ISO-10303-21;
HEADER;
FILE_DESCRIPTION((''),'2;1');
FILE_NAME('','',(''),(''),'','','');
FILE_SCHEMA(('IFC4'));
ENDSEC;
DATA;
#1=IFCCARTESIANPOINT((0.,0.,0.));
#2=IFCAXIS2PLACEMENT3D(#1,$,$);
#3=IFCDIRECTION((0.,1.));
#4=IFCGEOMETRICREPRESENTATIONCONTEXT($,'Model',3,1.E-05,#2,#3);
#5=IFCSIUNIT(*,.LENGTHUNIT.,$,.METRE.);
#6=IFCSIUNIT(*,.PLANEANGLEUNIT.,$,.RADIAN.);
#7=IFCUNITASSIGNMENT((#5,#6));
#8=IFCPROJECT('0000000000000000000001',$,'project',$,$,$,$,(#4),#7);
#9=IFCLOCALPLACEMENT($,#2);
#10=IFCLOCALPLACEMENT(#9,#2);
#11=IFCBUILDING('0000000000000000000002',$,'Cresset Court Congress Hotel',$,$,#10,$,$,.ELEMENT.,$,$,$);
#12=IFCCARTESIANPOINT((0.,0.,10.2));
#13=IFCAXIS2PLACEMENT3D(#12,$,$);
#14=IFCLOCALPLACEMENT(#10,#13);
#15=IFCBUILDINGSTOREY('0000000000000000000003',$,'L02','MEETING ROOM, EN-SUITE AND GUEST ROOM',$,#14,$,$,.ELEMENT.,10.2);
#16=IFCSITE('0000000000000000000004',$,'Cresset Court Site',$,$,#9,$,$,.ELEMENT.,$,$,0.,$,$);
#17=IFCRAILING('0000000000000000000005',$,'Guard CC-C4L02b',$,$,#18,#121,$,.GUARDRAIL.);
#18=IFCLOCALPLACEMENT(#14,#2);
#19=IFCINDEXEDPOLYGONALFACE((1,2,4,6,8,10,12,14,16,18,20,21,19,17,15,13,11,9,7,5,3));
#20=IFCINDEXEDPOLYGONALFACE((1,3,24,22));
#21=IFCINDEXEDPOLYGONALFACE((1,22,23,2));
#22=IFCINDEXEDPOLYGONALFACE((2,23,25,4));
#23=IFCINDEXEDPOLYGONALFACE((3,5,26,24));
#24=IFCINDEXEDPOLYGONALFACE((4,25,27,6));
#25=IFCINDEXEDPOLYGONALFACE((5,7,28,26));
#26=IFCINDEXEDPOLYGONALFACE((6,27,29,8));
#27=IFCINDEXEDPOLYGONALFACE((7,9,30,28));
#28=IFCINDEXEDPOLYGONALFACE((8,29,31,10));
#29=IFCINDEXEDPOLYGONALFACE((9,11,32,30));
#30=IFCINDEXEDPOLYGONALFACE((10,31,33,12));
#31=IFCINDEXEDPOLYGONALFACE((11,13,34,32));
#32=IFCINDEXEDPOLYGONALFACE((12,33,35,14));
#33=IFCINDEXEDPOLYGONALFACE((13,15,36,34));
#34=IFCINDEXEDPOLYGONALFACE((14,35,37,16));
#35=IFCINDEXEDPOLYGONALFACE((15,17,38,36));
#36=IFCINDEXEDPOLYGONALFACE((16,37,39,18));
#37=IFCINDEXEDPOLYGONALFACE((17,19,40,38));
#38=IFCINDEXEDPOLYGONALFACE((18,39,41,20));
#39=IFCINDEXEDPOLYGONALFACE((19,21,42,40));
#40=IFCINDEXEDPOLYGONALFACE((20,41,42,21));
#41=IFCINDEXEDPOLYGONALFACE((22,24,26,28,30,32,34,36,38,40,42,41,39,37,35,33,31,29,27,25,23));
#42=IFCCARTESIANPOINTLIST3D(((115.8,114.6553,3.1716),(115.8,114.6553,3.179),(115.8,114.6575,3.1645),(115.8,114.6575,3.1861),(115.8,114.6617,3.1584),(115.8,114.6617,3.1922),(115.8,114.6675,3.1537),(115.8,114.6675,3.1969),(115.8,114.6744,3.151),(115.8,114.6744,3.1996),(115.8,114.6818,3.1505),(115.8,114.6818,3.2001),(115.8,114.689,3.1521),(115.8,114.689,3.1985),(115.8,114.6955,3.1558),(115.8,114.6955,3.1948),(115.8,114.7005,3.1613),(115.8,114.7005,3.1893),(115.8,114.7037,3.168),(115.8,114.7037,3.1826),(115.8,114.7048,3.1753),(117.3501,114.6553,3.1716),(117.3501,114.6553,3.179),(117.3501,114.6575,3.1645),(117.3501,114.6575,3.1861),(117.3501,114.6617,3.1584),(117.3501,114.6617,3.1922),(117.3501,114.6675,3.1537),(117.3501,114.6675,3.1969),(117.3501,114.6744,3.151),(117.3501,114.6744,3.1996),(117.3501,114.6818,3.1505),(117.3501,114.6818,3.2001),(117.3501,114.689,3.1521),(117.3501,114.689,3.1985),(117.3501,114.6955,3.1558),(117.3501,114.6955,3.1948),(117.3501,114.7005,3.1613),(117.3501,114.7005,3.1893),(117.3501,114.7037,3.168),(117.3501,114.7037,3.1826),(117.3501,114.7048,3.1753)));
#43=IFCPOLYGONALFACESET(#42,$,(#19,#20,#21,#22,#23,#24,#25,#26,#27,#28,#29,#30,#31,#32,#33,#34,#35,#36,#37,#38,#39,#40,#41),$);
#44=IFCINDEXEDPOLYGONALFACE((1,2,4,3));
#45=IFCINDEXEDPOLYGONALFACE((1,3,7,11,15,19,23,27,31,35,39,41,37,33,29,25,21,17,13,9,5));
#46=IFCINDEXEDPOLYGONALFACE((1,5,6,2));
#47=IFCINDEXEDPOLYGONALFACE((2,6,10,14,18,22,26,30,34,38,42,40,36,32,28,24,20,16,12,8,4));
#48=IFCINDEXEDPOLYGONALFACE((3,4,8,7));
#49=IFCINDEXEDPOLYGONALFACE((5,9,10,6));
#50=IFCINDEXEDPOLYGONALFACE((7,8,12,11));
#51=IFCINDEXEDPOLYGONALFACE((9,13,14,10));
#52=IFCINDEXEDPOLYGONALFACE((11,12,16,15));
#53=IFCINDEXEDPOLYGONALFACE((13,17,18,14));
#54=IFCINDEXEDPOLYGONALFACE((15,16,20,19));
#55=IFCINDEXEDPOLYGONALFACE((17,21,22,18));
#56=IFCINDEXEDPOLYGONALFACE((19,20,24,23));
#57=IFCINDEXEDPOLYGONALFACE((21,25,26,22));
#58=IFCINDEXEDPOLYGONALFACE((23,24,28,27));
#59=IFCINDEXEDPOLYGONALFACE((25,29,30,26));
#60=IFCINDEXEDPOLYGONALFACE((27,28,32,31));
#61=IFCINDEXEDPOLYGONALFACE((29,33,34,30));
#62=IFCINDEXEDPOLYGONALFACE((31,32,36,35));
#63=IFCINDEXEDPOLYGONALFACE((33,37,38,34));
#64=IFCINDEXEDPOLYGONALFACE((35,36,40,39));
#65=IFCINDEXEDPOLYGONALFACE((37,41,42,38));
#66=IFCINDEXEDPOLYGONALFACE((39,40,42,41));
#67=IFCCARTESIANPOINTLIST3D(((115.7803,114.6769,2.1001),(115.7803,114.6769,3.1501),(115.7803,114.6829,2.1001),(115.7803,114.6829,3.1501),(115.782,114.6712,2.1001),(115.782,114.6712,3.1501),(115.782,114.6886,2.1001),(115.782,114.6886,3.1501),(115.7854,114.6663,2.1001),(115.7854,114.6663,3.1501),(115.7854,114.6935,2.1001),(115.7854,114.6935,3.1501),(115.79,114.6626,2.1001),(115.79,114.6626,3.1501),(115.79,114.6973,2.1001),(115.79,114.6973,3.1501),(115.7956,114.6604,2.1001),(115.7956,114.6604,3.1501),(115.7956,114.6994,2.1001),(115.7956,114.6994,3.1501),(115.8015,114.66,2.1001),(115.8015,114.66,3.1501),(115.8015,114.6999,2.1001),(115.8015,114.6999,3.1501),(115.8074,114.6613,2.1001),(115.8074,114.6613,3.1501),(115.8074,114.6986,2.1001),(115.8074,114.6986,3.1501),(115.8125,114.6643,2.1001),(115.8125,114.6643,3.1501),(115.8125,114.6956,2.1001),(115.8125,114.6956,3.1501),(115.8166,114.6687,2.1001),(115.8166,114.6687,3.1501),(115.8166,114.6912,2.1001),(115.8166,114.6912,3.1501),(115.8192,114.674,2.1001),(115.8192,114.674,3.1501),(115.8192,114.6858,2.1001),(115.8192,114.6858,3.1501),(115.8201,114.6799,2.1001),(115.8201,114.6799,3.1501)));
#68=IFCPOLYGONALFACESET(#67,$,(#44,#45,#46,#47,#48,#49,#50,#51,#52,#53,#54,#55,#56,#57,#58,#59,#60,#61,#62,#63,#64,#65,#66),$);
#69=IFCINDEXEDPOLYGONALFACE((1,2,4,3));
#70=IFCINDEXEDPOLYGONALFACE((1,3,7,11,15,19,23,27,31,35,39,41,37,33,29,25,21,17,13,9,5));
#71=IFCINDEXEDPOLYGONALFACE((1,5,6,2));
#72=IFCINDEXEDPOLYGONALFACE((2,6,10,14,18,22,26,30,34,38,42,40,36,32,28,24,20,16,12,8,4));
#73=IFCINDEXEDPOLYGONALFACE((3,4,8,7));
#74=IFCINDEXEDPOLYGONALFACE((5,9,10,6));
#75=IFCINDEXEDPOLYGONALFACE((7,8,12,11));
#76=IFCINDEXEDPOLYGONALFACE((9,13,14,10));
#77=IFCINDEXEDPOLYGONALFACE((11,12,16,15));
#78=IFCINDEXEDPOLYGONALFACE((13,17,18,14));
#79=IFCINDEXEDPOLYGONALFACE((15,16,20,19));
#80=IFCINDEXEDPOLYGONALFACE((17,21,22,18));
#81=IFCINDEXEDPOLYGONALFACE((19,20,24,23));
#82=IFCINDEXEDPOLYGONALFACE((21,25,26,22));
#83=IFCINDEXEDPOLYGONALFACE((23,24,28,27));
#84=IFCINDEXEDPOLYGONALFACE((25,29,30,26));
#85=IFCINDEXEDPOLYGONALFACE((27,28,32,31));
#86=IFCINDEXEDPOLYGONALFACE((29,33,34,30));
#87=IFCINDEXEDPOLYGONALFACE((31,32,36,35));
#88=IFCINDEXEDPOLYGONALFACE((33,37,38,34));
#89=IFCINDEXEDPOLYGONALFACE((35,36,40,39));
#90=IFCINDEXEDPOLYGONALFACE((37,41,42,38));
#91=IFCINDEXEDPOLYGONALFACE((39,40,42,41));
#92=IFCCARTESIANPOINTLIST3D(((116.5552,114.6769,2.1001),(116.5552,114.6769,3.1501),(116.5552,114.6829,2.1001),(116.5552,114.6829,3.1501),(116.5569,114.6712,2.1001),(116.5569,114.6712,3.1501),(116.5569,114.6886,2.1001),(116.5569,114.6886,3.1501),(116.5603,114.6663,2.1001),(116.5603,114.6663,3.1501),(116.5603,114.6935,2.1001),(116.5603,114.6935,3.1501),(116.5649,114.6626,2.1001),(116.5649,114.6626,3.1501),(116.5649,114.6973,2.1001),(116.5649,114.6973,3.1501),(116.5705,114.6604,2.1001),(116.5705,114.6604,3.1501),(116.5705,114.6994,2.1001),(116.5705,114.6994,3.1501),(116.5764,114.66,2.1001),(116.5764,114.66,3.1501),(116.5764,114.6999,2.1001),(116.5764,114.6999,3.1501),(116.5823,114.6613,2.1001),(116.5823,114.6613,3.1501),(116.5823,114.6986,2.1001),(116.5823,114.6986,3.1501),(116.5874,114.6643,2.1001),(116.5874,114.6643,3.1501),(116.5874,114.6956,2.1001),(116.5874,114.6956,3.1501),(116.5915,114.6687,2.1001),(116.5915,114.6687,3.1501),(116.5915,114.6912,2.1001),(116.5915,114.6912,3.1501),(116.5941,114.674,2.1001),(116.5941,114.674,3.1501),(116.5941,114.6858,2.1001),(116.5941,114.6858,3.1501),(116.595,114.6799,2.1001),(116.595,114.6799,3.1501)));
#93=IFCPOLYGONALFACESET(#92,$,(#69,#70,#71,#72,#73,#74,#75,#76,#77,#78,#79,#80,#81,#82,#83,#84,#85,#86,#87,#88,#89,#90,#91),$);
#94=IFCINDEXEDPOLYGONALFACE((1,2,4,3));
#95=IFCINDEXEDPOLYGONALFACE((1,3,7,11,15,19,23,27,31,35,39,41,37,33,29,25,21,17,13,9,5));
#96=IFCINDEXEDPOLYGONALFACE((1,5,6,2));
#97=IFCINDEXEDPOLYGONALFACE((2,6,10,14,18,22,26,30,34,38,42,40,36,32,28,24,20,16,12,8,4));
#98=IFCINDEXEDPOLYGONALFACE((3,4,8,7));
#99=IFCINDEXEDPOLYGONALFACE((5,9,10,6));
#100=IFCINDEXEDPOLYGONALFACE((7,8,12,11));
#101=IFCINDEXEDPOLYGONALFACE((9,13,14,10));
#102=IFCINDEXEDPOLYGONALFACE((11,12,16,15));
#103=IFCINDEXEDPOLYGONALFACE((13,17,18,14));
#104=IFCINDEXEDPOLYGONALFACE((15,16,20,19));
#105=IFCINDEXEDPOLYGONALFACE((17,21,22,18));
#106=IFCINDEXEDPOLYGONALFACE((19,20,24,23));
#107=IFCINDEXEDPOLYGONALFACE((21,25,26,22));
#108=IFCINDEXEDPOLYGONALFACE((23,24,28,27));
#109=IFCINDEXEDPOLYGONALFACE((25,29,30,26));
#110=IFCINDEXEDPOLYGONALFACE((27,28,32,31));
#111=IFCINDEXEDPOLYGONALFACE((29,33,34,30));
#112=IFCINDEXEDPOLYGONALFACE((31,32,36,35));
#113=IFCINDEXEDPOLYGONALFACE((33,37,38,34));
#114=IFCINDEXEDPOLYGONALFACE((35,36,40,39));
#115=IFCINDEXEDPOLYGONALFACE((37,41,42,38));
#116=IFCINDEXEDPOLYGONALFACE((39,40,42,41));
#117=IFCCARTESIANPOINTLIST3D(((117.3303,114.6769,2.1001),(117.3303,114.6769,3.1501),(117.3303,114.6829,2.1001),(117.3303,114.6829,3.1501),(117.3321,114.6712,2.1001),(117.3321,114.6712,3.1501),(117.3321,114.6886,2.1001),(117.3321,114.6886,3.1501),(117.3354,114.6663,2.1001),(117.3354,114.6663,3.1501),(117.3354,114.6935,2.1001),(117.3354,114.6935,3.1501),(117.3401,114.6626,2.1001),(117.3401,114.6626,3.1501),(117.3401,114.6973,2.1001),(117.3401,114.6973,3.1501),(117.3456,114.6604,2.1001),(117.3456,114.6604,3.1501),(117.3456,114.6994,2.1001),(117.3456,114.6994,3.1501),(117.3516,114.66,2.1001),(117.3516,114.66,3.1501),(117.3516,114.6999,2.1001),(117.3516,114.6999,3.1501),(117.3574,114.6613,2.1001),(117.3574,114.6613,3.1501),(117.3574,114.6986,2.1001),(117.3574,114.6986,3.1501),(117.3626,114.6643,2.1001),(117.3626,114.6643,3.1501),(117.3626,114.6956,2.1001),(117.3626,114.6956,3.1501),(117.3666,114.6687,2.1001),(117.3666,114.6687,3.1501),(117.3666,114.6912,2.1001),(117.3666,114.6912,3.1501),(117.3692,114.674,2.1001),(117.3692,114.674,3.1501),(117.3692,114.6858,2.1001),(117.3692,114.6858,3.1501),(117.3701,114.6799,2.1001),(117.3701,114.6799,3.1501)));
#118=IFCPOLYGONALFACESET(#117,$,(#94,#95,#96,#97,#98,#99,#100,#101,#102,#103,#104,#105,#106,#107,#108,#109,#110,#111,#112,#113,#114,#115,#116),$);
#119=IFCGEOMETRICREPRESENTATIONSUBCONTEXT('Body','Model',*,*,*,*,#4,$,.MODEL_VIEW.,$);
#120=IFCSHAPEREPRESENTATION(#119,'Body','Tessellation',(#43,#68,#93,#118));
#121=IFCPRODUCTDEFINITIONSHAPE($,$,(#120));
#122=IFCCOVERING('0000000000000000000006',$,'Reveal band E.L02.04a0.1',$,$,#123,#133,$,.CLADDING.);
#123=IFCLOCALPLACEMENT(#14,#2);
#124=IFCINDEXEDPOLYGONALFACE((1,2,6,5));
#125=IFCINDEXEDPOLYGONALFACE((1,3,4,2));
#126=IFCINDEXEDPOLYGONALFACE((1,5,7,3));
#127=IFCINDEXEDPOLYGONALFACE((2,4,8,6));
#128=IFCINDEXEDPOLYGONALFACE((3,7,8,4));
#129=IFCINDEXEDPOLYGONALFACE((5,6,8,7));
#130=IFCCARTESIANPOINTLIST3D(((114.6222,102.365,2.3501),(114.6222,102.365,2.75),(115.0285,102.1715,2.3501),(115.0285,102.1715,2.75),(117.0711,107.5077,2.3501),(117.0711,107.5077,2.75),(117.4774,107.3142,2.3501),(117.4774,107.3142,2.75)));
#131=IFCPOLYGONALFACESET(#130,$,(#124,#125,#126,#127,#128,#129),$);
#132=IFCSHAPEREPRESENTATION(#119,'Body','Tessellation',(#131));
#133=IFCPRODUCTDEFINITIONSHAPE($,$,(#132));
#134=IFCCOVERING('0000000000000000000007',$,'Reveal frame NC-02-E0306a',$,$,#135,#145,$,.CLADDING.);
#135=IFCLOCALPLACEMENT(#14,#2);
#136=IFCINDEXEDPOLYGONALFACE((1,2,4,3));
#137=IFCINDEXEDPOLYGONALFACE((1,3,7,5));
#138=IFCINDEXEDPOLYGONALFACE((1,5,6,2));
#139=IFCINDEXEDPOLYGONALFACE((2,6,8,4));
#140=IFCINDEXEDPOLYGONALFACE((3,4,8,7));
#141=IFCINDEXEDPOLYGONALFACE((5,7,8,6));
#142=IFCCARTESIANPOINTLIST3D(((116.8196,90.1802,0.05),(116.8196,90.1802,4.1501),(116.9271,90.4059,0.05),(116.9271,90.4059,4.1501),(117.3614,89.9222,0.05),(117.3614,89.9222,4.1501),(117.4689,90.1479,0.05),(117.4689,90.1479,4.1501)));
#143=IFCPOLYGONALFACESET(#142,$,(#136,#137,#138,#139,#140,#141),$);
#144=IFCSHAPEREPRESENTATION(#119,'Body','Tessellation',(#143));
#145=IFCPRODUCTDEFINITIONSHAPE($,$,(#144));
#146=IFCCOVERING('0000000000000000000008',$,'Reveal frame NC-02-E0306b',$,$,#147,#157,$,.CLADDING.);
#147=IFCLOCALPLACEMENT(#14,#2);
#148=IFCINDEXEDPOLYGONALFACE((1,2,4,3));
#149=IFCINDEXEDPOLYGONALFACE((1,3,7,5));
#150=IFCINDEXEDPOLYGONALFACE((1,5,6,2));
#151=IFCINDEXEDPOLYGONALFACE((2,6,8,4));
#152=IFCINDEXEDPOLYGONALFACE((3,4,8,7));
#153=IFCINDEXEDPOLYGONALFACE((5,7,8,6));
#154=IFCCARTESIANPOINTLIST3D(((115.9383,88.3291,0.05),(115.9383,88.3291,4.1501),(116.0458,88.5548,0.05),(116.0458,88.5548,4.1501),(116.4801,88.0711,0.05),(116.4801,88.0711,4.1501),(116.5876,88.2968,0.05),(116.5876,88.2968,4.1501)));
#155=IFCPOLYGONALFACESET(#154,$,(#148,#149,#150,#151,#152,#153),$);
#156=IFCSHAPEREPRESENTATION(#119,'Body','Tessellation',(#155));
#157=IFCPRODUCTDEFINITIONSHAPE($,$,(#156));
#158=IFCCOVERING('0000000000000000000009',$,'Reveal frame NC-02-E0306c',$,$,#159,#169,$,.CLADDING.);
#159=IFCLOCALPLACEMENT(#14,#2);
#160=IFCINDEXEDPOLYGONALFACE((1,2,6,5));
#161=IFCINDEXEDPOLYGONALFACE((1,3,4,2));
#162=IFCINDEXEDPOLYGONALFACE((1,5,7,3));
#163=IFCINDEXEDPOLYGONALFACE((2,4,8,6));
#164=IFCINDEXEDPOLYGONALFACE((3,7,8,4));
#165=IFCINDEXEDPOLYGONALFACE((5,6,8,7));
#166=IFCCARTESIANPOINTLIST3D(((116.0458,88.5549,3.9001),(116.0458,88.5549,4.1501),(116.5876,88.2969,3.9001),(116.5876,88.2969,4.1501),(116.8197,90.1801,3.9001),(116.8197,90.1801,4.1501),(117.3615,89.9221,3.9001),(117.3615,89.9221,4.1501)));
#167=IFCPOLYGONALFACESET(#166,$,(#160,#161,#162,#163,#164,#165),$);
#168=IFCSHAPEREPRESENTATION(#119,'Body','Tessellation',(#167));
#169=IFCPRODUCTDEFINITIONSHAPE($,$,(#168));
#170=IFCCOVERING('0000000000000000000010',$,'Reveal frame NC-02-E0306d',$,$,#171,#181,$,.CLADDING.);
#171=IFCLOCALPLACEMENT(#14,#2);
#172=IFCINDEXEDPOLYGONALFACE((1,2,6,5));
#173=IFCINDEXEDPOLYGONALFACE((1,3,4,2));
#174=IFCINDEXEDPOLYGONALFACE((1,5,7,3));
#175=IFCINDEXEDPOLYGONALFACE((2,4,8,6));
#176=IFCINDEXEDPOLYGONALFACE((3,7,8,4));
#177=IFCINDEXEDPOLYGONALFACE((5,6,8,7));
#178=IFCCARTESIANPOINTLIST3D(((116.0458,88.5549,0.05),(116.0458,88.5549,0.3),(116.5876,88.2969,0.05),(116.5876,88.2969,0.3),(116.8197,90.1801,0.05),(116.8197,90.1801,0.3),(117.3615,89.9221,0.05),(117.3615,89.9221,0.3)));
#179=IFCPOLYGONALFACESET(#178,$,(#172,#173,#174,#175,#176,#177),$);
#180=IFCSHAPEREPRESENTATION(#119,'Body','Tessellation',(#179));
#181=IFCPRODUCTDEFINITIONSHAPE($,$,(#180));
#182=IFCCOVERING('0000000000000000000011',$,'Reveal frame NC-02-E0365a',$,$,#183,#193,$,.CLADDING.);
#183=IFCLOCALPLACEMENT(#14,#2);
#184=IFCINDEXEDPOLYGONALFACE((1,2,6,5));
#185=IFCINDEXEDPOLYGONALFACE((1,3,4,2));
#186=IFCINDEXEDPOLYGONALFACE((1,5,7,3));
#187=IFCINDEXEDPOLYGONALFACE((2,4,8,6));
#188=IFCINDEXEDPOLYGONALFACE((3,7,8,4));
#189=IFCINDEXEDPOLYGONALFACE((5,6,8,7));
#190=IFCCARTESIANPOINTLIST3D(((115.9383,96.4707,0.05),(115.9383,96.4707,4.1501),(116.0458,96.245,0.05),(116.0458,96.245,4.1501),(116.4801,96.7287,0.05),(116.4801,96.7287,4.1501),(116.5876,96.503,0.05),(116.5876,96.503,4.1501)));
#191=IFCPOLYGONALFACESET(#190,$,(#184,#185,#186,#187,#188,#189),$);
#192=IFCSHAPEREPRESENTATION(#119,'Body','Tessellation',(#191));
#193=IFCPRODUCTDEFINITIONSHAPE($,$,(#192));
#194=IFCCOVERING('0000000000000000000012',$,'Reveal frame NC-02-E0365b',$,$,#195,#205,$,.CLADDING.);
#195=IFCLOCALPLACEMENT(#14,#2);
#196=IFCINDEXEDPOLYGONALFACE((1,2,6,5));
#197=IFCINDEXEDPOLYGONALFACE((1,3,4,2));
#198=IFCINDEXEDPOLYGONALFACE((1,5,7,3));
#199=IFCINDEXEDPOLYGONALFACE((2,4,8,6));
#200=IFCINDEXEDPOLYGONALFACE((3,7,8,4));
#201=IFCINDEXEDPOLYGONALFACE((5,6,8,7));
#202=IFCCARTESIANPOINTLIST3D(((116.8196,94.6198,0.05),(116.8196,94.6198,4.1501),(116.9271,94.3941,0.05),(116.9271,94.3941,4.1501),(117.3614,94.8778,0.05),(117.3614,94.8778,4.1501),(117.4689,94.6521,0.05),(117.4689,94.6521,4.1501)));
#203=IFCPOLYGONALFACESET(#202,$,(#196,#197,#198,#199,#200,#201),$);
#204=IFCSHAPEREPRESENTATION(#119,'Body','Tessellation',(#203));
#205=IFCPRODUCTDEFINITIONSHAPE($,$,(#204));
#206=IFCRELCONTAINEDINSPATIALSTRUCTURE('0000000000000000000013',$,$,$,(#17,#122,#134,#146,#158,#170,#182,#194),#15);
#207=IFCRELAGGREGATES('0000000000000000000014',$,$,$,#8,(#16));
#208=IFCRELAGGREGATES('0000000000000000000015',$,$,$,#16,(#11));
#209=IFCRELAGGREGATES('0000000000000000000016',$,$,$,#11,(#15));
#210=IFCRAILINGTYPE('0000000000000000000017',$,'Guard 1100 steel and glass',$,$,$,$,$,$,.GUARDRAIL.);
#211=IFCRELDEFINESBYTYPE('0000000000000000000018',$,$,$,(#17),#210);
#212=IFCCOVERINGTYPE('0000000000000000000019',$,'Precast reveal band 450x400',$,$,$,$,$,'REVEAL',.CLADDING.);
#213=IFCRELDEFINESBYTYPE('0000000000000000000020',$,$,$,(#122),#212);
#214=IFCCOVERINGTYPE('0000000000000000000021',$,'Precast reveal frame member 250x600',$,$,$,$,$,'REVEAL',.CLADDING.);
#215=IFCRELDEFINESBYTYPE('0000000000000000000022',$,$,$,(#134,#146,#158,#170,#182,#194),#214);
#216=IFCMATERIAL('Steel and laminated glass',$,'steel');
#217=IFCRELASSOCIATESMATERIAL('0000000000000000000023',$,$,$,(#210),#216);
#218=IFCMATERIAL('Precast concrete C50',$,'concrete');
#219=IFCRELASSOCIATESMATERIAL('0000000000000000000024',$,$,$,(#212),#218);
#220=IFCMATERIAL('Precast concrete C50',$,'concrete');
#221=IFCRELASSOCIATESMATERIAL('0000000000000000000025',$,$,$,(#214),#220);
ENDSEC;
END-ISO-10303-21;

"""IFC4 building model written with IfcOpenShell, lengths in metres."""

from ifc_helpers import new_model, si_unit, direction, frame, origin, origin_2d, place, context, subcontext, project, spatial, rectangle, circle, extrude, material, type_object, element, save


model = new_model("IFC4")

# Units and contexts
model_context = context("Model", 3, precision=1e-05, world=origin(), true_north=direction((0.0, 1.0)))
body_context = subcontext(model_context, "Body", "Model", "MODEL_VIEW")
ifc_project = project(units=[si_unit("LENGTHUNIT", "METRE"), si_unit("PLANEANGLEUNIT", "RADIAN")], contexts=[model_context])

# Site, building, storey
site_placement = place(None, origin())
site = spatial("IfcSite", under=ifc_project, at=site_placement, Name="Cresset Court Site", CompositionType="ELEMENT", RefElevation=0.0)
building_placement = place(site_placement, origin())
building = spatial("IfcBuilding", under=site, at=building_placement, Name="Cresset Court Congress Hotel", CompositionType="ELEMENT")
storey_placement = place(building_placement, frame((0.0, 0.0, 10.2)))
storey = spatial("IfcBuildingStorey", under=building, at=storey_placement, Name="L02", Description="MEETING ROOM, EN-SUITE AND GUEST ROOM", CompositionType="ELEMENT", Elevation=10.2)

# Railing
ifc_material_1 = material(Name="Steel and laminated glass", Category="steel")
railing_type = type_object("IfcRailingType", Name="Guard 1100 steel and glass", PredefinedType="GUARDRAIL", material=ifc_material_1)
for number, where, name in (
    (1, (115.8, 114.6799, 2.1001), "Guard CC-C4L02b"),
):
    element("IfcRailing", number, at=place(storey_placement, frame(where)), inside=storey, type_object=railing_type, Name=name, PredefinedType="GUARDRAIL", context=body_context, shape_type="SweptSolid", body=[
        extrude(circle(Radius=0.0249, at=origin_2d()), frame((0.0, 0.0, 1.0752), z_axis=(1.0, 0.0, 0.0), x_axis=(0.0, 1.0, 0.0)), (0.0, 0.0, 1.0), 1.55),
        extrude(circle(Radius=0.02, at=origin_2d()), origin(), (0.0, 0.0, 1.0), 1.05),
        extrude(circle(Radius=0.02, at=origin_2d()), frame((0.7749, 0.0, 0.0)), (0.0, 0.0, 1.0), 1.05),
        extrude(circle(Radius=0.02, at=origin_2d()), frame((1.55, 0.0, 0.0)), (0.0, 0.0, 1.0), 1.05),
    ])

# Coverings
ifc_material_2 = material(Name="Precast concrete C50", Category="concrete")
covering_type_1 = type_object("IfcCoveringType", Name="Precast reveal band 450x400", ElementType="REVEAL", PredefinedType="CLADDING", material=ifc_material_2)
covering_1_placement = place(storey_placement, frame((116.0498, 104.8396, 2.3501), z_axis=(0.0, 0.0, 1.0), x_axis=(-0.429933, -0.902861, 0.0)))
element("IfcCovering", 2, at=covering_1_placement, inside=storey, type_object=covering_type_1, Name="Reveal band E.L02.04a0.1", PredefinedType="CLADDING", context=body_context, shape_type="SweptSolid", body=[
    extrude(rectangle(XDim=5.696, YDim=0.45, at=origin_2d()), origin(), (0.0, 0.0, 1.0), 0.3999),
])
ifc_material_3 = material(Name="Precast concrete C50", Category="concrete")
covering_type_2 = type_object("IfcCoveringType", Name="Precast reveal frame member 250x600", ElementType="REVEAL", PredefinedType="CLADDING", material=ifc_material_3)
for number, where, z_axis, x_axis, name in (
    (3, (117.1443, 90.1641, 0.05), (0.0, 0.0, 1.0), (-0.429933, -0.902861, 0.0), "Reveal frame NC-02-E0306a"),
    (4, (116.2629, 88.313, 0.05), (0.0, 0.0, 1.0), (-0.429933, -0.902861, 0.0), "Reveal frame NC-02-E0306b"),
):
    element("IfcCovering", number, at=place(storey_placement, frame(where, z_axis=z_axis, x_axis=x_axis)), inside=storey, type_object=covering_type_2, Name=name, PredefinedType="CLADDING", context=body_context, shape_type="SweptSolid", body=[
        extrude(rectangle(XDim=0.25, YDim=0.6001, at=origin_2d()), origin(), (0.0, 0.0, 1.0), 4.1001),
    ])
for number, where, z_axis, x_axis, name in (
    (5, (116.7036, 89.2385, 3.9001), (0.0, 0.0, 1.0), (-0.429933, -0.902861, 0.0), "Reveal frame NC-02-E0306c"),
    (6, (116.7036, 89.2385, 0.05), (0.0, 0.0, 1.0), (-0.429933, -0.902861, 0.0), "Reveal frame NC-02-E0306d"),
):
    element("IfcCovering", number, at=place(storey_placement, frame(where, z_axis=z_axis, x_axis=x_axis)), inside=storey, type_object=covering_type_2, Name=name, PredefinedType="CLADDING", context=body_context, shape_type="SweptSolid", body=[
        extrude(rectangle(XDim=1.8, YDim=0.6001, at=origin_2d()), origin(), (0.0, 0.0, 1.0), 0.25),
    ])
for number, where, z_axis, x_axis, name in (
    (7, (116.2629, 96.4868, 0.05), (0.0, 0.0, 1.0), (0.429933, -0.902861, 0.0), "Reveal frame NC-02-E0365a"),
    (8, (117.1443, 94.636, 0.05), (0.0, 0.0, 1.0), (0.429933, -0.902861, 0.0), "Reveal frame NC-02-E0365b"),
):
    element("IfcCovering", number, at=place(storey_placement, frame(where, z_axis=z_axis, x_axis=x_axis)), inside=storey, type_object=covering_type_2, Name=name, PredefinedType="CLADDING", context=body_context, shape_type="SweptSolid", body=[
        extrude(rectangle(XDim=0.25, YDim=0.6001, at=origin_2d()), origin(), (0.0, 0.0, 1.0), 4.1001),
    ])

save(model, "model.ifc")
